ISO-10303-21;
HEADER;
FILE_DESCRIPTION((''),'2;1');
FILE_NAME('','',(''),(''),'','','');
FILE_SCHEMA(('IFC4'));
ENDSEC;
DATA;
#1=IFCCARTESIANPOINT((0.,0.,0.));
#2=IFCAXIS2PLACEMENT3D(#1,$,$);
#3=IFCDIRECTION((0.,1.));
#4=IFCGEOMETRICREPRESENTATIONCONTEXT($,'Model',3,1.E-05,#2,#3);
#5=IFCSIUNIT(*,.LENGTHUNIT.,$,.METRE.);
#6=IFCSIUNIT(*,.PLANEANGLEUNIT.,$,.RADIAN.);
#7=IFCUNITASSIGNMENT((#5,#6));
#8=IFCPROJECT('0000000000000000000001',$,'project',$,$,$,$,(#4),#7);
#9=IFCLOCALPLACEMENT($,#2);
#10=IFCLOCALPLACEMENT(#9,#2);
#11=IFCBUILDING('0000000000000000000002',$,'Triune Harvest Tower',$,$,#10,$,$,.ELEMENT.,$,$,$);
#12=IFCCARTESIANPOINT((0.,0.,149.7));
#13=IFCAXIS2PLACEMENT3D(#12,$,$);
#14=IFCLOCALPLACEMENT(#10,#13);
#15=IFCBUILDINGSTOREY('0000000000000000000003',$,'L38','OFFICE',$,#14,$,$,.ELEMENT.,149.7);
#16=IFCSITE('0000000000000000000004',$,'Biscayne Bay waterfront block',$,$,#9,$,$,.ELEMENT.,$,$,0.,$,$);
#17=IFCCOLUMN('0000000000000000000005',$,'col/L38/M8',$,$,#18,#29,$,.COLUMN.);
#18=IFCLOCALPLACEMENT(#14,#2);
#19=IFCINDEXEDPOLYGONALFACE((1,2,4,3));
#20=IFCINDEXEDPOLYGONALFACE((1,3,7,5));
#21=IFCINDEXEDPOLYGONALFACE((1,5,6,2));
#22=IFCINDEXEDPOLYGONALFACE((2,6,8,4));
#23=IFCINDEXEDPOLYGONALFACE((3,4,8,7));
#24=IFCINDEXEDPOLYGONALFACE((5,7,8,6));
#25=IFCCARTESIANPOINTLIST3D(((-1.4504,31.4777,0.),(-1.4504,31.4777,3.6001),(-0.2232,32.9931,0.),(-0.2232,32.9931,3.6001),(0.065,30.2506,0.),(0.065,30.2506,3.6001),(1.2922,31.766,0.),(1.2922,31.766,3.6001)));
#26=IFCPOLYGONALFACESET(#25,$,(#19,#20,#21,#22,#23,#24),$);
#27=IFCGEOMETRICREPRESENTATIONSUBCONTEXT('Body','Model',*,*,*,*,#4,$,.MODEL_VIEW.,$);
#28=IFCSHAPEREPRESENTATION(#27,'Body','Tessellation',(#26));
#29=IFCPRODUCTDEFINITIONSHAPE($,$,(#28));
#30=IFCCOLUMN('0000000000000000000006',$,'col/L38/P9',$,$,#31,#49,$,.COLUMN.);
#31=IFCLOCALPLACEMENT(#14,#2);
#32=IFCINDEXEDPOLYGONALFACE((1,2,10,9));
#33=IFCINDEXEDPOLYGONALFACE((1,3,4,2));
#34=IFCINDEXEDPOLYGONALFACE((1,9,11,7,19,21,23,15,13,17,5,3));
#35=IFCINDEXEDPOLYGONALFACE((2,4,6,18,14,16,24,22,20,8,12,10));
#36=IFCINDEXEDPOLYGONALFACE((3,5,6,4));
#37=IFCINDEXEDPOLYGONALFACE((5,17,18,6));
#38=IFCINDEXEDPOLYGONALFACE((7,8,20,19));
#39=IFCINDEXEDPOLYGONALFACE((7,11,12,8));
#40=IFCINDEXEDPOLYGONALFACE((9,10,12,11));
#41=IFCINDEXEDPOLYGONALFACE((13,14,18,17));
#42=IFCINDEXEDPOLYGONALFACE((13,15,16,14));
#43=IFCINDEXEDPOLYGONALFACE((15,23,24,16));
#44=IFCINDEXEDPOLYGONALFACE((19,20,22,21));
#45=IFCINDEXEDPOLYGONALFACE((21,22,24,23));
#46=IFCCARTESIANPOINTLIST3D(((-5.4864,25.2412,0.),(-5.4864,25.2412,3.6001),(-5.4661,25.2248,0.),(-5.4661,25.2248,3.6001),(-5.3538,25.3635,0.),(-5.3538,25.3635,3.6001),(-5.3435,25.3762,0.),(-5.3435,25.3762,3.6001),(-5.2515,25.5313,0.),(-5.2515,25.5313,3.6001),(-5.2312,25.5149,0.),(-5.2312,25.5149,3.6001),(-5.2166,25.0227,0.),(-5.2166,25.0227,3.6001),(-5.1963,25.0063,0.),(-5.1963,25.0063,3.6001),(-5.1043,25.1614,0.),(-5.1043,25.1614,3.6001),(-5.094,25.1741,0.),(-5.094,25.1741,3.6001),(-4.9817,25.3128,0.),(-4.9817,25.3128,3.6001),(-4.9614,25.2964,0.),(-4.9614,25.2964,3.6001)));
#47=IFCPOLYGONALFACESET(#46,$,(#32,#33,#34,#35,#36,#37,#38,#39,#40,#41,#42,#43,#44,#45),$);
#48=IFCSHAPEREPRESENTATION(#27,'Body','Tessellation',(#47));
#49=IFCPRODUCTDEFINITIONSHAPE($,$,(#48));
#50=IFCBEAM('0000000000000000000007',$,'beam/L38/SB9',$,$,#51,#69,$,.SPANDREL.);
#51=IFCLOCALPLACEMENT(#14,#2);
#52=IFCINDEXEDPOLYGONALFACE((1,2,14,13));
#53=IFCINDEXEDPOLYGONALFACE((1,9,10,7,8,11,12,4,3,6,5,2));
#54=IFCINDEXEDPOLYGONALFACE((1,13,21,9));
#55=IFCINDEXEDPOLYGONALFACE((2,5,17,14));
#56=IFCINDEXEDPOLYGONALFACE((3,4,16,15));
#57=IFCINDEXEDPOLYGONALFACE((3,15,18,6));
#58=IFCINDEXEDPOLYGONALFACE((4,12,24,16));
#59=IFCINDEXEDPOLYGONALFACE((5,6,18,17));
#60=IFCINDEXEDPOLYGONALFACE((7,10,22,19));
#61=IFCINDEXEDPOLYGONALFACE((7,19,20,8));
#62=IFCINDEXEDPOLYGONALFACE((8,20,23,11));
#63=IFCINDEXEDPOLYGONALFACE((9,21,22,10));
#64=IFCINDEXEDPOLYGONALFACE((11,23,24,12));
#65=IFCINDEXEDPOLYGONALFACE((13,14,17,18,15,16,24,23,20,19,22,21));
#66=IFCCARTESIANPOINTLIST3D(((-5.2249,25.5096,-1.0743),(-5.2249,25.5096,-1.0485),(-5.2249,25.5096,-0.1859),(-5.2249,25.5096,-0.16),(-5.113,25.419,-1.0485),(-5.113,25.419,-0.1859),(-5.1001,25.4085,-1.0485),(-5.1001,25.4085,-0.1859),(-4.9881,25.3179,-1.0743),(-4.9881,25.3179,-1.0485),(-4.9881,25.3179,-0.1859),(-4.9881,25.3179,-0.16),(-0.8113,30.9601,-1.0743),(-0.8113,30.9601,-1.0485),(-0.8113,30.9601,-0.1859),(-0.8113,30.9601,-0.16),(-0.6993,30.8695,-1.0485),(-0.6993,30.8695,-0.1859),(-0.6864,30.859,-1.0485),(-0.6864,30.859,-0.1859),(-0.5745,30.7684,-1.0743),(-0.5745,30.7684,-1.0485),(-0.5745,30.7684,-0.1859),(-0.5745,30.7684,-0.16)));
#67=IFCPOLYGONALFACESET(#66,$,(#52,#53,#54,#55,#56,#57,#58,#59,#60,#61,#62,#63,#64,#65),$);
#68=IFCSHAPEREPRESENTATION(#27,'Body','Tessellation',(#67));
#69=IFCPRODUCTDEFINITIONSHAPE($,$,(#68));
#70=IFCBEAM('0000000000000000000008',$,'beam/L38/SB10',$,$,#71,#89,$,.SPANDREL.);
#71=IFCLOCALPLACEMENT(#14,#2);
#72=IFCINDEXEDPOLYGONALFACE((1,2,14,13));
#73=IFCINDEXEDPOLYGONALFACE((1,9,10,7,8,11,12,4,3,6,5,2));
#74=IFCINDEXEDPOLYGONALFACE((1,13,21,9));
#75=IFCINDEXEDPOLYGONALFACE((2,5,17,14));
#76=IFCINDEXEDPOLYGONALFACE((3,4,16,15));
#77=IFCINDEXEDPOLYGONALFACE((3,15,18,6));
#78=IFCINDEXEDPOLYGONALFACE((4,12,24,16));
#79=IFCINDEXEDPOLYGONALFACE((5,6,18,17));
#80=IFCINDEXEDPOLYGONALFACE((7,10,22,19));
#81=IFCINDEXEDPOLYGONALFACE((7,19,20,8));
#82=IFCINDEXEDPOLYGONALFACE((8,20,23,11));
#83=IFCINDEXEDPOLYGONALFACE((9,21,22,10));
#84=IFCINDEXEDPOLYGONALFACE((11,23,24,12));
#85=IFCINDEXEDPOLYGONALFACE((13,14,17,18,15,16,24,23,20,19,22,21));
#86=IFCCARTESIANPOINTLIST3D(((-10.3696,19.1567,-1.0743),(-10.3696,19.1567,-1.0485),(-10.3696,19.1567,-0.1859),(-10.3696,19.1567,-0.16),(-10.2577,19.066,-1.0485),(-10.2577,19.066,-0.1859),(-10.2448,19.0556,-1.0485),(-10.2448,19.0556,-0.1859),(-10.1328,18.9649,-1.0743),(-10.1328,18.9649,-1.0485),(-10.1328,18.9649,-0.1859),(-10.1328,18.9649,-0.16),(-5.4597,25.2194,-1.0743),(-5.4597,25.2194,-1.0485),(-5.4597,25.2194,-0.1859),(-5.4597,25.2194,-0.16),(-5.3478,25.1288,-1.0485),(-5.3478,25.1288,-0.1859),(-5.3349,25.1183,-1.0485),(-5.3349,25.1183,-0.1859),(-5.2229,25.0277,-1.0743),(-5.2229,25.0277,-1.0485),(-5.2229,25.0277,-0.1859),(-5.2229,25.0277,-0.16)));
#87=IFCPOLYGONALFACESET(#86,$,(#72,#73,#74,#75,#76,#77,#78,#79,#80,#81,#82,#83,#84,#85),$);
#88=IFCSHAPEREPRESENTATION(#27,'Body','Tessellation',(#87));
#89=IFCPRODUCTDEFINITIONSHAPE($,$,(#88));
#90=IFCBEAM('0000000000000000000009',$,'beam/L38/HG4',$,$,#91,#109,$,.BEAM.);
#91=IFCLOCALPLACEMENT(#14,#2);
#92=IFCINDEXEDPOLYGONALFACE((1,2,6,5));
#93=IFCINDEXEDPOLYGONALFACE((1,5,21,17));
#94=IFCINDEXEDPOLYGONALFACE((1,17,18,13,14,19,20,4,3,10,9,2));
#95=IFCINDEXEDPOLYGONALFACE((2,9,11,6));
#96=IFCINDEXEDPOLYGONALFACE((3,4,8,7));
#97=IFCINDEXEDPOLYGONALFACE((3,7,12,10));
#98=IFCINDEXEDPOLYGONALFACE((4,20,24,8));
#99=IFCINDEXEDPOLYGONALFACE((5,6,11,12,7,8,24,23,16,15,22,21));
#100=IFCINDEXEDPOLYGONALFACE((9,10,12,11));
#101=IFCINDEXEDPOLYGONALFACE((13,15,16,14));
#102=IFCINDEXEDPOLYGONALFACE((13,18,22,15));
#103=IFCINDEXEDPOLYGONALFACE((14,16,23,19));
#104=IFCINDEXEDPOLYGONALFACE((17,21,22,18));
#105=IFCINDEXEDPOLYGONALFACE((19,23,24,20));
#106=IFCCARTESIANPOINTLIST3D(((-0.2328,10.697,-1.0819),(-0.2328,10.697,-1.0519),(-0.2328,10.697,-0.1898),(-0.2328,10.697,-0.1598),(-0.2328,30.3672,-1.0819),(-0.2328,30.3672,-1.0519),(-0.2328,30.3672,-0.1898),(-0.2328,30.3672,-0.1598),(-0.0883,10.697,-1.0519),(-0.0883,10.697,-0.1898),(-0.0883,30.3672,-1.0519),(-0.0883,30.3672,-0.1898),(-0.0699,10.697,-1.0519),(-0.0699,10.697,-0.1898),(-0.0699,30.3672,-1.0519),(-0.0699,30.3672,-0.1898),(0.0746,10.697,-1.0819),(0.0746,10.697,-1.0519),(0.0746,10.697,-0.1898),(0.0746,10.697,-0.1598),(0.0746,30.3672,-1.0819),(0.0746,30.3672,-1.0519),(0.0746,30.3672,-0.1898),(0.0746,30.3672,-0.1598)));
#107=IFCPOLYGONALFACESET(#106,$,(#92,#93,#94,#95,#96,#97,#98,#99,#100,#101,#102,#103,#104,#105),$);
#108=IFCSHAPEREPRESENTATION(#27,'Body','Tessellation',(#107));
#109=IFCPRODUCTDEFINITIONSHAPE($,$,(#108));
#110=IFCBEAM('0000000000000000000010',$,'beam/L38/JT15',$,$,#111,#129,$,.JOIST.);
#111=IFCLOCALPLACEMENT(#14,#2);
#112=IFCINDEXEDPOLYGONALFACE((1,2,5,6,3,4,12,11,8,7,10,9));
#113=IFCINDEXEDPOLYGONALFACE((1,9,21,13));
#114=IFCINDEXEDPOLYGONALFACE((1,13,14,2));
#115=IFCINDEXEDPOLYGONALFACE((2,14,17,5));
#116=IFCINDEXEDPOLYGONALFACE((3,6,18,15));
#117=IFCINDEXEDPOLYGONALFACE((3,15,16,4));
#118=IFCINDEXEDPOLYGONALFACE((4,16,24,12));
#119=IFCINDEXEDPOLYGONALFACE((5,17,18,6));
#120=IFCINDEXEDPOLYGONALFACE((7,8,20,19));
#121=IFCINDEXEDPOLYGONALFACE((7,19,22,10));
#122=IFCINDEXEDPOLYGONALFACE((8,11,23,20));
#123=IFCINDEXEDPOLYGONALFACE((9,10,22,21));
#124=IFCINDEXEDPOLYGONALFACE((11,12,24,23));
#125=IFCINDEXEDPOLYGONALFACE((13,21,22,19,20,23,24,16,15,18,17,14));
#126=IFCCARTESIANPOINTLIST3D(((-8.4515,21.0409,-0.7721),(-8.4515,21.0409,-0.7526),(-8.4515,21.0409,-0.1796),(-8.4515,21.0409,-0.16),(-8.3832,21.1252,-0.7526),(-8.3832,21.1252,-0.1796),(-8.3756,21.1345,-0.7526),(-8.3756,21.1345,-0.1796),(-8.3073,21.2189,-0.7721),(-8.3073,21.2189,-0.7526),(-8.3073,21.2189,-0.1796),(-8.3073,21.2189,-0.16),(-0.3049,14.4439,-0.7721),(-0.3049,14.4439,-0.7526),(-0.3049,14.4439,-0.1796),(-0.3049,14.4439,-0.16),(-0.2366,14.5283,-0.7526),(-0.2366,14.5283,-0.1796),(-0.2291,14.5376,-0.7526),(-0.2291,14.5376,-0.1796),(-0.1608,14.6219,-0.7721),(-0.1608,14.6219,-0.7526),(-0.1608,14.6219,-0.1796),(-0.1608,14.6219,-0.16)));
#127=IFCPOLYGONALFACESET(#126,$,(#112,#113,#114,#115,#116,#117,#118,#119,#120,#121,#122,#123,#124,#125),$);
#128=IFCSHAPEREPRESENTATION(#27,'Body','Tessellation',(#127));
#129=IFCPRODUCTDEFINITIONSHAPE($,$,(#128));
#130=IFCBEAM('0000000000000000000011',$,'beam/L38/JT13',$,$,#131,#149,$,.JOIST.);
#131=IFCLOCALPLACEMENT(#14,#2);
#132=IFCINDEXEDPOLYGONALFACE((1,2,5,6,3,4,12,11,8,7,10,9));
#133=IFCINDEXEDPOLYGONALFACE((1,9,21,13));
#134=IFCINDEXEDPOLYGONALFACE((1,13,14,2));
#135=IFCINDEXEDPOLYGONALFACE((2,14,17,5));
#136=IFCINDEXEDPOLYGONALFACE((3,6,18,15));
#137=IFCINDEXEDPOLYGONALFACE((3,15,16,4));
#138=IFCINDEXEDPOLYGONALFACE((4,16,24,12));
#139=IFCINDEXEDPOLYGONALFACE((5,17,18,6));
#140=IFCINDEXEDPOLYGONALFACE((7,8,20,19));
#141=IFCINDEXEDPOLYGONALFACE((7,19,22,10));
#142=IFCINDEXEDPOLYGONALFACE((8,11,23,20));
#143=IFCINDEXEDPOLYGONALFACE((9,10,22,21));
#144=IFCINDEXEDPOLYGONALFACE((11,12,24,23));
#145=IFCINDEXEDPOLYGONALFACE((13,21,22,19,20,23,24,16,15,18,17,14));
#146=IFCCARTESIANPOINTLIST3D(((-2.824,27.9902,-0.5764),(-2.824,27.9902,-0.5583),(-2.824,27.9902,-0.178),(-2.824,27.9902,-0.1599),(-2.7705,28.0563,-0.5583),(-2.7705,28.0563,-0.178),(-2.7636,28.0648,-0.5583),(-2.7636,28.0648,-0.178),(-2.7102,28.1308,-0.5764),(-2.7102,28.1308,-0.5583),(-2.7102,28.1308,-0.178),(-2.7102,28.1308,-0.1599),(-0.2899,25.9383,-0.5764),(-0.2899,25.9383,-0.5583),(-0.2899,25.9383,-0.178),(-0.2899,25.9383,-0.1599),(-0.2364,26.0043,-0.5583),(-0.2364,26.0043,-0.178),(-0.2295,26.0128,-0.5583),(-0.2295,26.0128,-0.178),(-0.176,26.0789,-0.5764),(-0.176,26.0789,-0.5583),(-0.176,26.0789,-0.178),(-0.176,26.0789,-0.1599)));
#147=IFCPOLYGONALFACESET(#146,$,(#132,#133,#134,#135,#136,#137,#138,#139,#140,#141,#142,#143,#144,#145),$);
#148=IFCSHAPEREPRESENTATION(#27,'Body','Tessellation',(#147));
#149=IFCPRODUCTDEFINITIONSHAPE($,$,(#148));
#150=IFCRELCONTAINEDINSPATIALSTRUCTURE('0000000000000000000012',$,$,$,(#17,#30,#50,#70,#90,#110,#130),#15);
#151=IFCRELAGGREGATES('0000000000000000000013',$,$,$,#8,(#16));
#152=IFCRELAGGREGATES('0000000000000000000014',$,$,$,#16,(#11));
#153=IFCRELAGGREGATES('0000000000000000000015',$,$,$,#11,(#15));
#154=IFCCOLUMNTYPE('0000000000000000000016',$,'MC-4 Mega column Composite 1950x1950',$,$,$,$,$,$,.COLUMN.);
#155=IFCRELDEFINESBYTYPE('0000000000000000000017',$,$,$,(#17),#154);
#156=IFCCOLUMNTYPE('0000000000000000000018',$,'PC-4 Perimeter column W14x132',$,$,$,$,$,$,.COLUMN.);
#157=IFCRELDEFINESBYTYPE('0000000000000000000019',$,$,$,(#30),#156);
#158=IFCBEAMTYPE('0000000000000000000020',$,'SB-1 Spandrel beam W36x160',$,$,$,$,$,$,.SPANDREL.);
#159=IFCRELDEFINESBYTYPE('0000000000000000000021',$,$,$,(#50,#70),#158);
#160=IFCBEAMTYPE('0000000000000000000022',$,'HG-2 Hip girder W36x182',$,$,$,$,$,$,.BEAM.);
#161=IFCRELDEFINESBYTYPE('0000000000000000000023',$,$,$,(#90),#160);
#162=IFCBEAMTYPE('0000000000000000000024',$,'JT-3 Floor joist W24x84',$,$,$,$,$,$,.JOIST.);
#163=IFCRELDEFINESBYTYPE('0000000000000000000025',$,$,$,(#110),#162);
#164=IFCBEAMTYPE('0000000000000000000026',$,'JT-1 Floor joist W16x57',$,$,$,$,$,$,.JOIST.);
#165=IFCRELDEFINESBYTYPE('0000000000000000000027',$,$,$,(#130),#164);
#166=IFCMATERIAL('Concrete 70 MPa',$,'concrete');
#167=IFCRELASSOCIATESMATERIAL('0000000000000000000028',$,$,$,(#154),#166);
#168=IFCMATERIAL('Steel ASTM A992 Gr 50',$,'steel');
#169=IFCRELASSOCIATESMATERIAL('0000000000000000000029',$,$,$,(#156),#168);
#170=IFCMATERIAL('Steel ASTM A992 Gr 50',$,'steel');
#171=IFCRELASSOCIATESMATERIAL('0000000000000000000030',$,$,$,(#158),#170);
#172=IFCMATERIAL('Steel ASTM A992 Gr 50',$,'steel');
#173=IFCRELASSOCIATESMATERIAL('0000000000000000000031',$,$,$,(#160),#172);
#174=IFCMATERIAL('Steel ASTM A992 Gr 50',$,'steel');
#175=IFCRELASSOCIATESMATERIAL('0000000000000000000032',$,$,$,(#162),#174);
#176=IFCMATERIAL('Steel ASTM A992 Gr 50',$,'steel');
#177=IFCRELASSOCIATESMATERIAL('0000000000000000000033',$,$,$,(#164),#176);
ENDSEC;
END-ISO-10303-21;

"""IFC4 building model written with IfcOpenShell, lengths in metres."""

from ifc_helpers import new_model, si_unit, direction, frame, origin, origin_2d, place, context, subcontext, project, spatial, rectangle, i_section, extrude, source, transform, mapped, material, material_profile, profile_set, type_object, element, save


model = new_model("IFC4")

# Units and contexts
model_context = context("Model", 3, precision=1e-05, world=origin(), true_north=direction((0.0, 1.0)))
body_context = subcontext(model_context, "Body", "Model", "MODEL_VIEW")
ifc_project = project(units=[si_unit("LENGTHUNIT", "METRE"), si_unit("PLANEANGLEUNIT", "RADIAN")], contexts=[model_context])

# Site, building, storey
site_placement = place(None, origin())
site = spatial("IfcSite", under=ifc_project, at=site_placement, Name="Biscayne Bay waterfront block", CompositionType="ELEMENT", RefElevation=0.0)
building_placement = place(site_placement, origin())
building = spatial("IfcBuilding", under=site, at=building_placement, Name="Triune Harvest Tower", CompositionType="ELEMENT")
storey_placement = place(building_placement, frame((0.0, 0.0, 149.7)))
storey = spatial("IfcBuildingStorey", under=building, at=storey_placement, Name="L38", Description="OFFICE", CompositionType="ELEMENT", Elevation=149.7)

# Columns
ifc_material_1 = material(Name="Concrete 70 MPa", Category="concrete")
ifc_material_profile_1 = material_profile(ifc_material_1, rectangle(XDim=1.95, YDim=1.95, at=origin_2d()), Name="Composite 1950x1950")
ifc_profile_set_1 = profile_set([ifc_material_profile_1], Name="Concrete 70 MPa")
column_type_1 = type_object("IfcColumnType", Name="MC-4 Mega column Composite 1950x1950", PredefinedType="COLUMN", material=ifc_profile_set_1)
shared_shape_1 = source(origin(), body_context, "Body", "SweptSolid", [
    extrude(rectangle(XDim=1.95, YDim=1.95, at=origin_2d()), origin(), (0.0, 0.0, 1.0), 3.6001),
])
column_1_placement = place(storey_placement, frame((-0.0791, 31.6218, 0.0), z_axis=(0.0, 0.0, 1.0), x_axis=(-0.629322, -0.777145, 0.0)))
element("IfcColumn", 1, at=column_1_placement, inside=storey, type_object=column_type_1, Name="col/L38/M8", PredefinedType="COLUMN", context=body_context, shape_type="MappedRepresentation", body=[
    mapped(shared_shape_1, transform((0.0, 0.0, 0.0), scale=1.0)),
])
ifc_material_2 = material(Name="Steel ASTM A992 Gr 50", Category="steel")
ifc_material_profile_2 = material_profile(ifc_material_2, i_section(OverallWidth=0.3733, OverallDepth=0.3733, WebThickness=0.0164, FlangeThickness=0.0261, at=origin_2d()), Name="W14x132")
ifc_profile_set_2 = profile_set([ifc_material_profile_2], Name="Steel ASTM A992 Gr 50")
column_type_2 = type_object("IfcColumnType", Name="PC-4 Perimeter column W14x132", PredefinedType="COLUMN", material=ifc_profile_set_2)
shared_shape_2 = source(origin(), body_context, "Body", "SweptSolid", [
    extrude(i_section(OverallWidth=0.3733, OverallDepth=0.3733, WebThickness=0.0164, FlangeThickness=0.0261, at=origin_2d()), origin(), (0.0, 0.0, 1.0), 3.6001),
])
column_2_placement = place(storey_placement, frame((-5.2239, 25.2688, 0.0), z_axis=(0.0, 0.0, 1.0), x_axis=(-0.629322, -0.777145, 0.0)))
element("IfcColumn", 2, at=column_2_placement, inside=storey, type_object=column_type_2, Name="col/L38/P9", PredefinedType="COLUMN", context=body_context, shape_type="MappedRepresentation", body=[
    mapped(shared_shape_2, transform((0.0, 0.0, 0.0), scale=1.0)),
])

# Beams
ifc_material_3 = material(Name="Steel ASTM A992 Gr 50", Category="steel")
ifc_material_profile_3 = material_profile(ifc_material_3, i_section(OverallWidth=0.3047, OverallDepth=0.9143, WebThickness=0.0166, FlangeThickness=0.0259, at=origin_2d()), Name="W36x160")
ifc_profile_set_3 = profile_set([ifc_material_profile_3], Name="Steel ASTM A992 Gr 50")
beam_type_1 = type_object("IfcBeamType", Name="SB-1 Spandrel beam W36x160", PredefinedType="SPANDREL", material=ifc_profile_set_3)
shared_shape_3 = source(origin(), body_context, "Body", "SweptSolid", [
    extrude(i_section(OverallWidth=0.3047, OverallDepth=0.9143, WebThickness=0.0166, FlangeThickness=0.0259, at=origin_2d()), origin(), (0.0, 0.0, 1.0), 7.0134),
])
beam_1_placement = place(storey_placement, frame((-0.6929, 30.8643, -0.6172), z_axis=(-0.629311, -0.777153, 0.0), x_axis=(0.777153, -0.629311, 0.0)))
element("IfcBeam", 3, at=beam_1_placement, inside=storey, type_object=beam_type_1, Name="beam/L38/SB9", PredefinedType="SPANDREL", context=body_context, shape_type="MappedRepresentation", body=[
    mapped(shared_shape_3, transform((0.0, 0.0, 0.0), scale=1.0)),
])
shared_shape_4 = source(origin(), body_context, "Body", "SweptSolid", [
    extrude(i_section(OverallWidth=0.3047, OverallDepth=0.9143, WebThickness=0.0166, FlangeThickness=0.0259, at=origin_2d()), origin(), (0.0, 0.0, 1.0), 7.8015),
])
beam_2_placement = place(storey_placement, frame((-5.3413, 25.1235, -0.6172), z_axis=(-0.629351, -0.777121, 0.0), x_axis=(0.777121, -0.629351, 0.0)))
element("IfcBeam", 4, at=beam_2_placement, inside=storey, type_object=beam_type_1, Name="beam/L38/SB10", PredefinedType="SPANDREL", context=body_context, shape_type="MappedRepresentation", body=[
    mapped(shared_shape_4, transform((0.0, 0.0, 0.0), scale=1.0)),
])
ifc_material_4 = material(Name="Steel ASTM A992 Gr 50", Category="steel")
ifc_material_profile_4 = material_profile(ifc_material_4, i_section(OverallWidth=0.3074, OverallDepth=0.9221, WebThickness=0.0183, FlangeThickness=0.03, at=origin_2d()), Name="W36x182")
ifc_profile_set_4 = profile_set([ifc_material_profile_4], Name="Steel ASTM A992 Gr 50")
beam_type_2 = type_object("IfcBeamType", Name="HG-2 Hip girder W36x182", PredefinedType="BEAM", material=ifc_profile_set_4)
shared_shape_5 = source(origin(), body_context, "Body", "SweptSolid", [
    extrude(i_section(OverallWidth=0.3074, OverallDepth=0.9221, WebThickness=0.0183, FlangeThickness=0.03, at=origin_2d()), origin(), (0.0, 0.0, 1.0), 19.6702),
])
beam_3_placement = place(storey_placement, frame((-0.0791, 30.3672, -0.6208), z_axis=(0.0, -1.0, 0.0), x_axis=(1.0, 0.0, 0.0)))
element("IfcBeam", 5, at=beam_3_placement, inside=storey, type_object=beam_type_2, Name="beam/L38/HG4", PredefinedType="BEAM", context=body_context, shape_type="MappedRepresentation", body=[
    mapped(shared_shape_5, transform((0.0, 0.0, 0.0), scale=1.0)),
])
ifc_material_5 = material(Name="Steel ASTM A992 Gr 50", Category="steel")
ifc_material_profile_5 = material_profile(ifc_material_5, i_section(OverallWidth=0.229, OverallDepth=0.6121, WebThickness=0.012, FlangeThickness=0.0195, at=origin_2d()), Name="W24x84")
ifc_profile_set_5 = profile_set([ifc_material_profile_5], Name="Steel ASTM A992 Gr 50")
beam_type_3 = type_object("IfcBeamType", Name="JT-3 Floor joist W24x84", PredefinedType="JOIST", material=ifc_profile_set_5)
shared_shape_6 = source(origin(), body_context, "Body", "SweptSolid", [
    extrude(i_section(OverallWidth=0.229, OverallDepth=0.6121, WebThickness=0.012, FlangeThickness=0.0195, at=origin_2d()), origin(), (0.0, 0.0, 1.0), 10.4827),
])
beam_4_placement = place(storey_placement, frame((-8.3794, 21.1299, -0.4661), z_axis=(0.777145, -0.629322, 0.0), x_axis=(0.629322, 0.777145, 0.0)))
element("IfcBeam", 6, at=beam_4_placement, inside=storey, type_object=beam_type_3, Name="beam/L38/JT15", PredefinedType="JOIST", context=body_context, shape_type="MappedRepresentation", body=[
    mapped(shared_shape_6, transform((0.0, 0.0, 0.0), scale=1.0)),
])
ifc_material_6 = material(Name="Steel ASTM A992 Gr 50", Category="steel")
ifc_material_profile_6 = material_profile(ifc_material_6, i_section(OverallWidth=0.1809, OverallDepth=0.4165, WebThickness=0.011, FlangeThickness=0.0181, at=origin_2d()), Name="W16x57")
ifc_profile_set_6 = profile_set([ifc_material_profile_6], Name="Steel ASTM A992 Gr 50")
beam_type_4 = type_object("IfcBeamType", Name="JT-1 Floor joist W16x57", PredefinedType="JOIST", material=ifc_profile_set_6)
shared_shape_7 = source(origin(), body_context, "Body", "SweptSolid", [
    extrude(i_section(OverallWidth=0.1809, OverallDepth=0.4165, WebThickness=0.011, FlangeThickness=0.0181, at=origin_2d()), origin(), (0.0, 0.0, 1.0), 3.2607),
])
beam_5_placement = place(storey_placement, frame((-2.7671, 28.0605, -0.3682), z_axis=(0.777166, -0.629295, 0.0), x_axis=(0.629295, 0.777166, 0.0)))
element("IfcBeam", 7, at=beam_5_placement, inside=storey, type_object=beam_type_4, Name="beam/L38/JT13", PredefinedType="JOIST", context=body_context, shape_type="MappedRepresentation", body=[
    mapped(shared_shape_7, transform((0.0, 0.0, 0.0), scale=1.0)),
])

save(model, "model.ifc")
